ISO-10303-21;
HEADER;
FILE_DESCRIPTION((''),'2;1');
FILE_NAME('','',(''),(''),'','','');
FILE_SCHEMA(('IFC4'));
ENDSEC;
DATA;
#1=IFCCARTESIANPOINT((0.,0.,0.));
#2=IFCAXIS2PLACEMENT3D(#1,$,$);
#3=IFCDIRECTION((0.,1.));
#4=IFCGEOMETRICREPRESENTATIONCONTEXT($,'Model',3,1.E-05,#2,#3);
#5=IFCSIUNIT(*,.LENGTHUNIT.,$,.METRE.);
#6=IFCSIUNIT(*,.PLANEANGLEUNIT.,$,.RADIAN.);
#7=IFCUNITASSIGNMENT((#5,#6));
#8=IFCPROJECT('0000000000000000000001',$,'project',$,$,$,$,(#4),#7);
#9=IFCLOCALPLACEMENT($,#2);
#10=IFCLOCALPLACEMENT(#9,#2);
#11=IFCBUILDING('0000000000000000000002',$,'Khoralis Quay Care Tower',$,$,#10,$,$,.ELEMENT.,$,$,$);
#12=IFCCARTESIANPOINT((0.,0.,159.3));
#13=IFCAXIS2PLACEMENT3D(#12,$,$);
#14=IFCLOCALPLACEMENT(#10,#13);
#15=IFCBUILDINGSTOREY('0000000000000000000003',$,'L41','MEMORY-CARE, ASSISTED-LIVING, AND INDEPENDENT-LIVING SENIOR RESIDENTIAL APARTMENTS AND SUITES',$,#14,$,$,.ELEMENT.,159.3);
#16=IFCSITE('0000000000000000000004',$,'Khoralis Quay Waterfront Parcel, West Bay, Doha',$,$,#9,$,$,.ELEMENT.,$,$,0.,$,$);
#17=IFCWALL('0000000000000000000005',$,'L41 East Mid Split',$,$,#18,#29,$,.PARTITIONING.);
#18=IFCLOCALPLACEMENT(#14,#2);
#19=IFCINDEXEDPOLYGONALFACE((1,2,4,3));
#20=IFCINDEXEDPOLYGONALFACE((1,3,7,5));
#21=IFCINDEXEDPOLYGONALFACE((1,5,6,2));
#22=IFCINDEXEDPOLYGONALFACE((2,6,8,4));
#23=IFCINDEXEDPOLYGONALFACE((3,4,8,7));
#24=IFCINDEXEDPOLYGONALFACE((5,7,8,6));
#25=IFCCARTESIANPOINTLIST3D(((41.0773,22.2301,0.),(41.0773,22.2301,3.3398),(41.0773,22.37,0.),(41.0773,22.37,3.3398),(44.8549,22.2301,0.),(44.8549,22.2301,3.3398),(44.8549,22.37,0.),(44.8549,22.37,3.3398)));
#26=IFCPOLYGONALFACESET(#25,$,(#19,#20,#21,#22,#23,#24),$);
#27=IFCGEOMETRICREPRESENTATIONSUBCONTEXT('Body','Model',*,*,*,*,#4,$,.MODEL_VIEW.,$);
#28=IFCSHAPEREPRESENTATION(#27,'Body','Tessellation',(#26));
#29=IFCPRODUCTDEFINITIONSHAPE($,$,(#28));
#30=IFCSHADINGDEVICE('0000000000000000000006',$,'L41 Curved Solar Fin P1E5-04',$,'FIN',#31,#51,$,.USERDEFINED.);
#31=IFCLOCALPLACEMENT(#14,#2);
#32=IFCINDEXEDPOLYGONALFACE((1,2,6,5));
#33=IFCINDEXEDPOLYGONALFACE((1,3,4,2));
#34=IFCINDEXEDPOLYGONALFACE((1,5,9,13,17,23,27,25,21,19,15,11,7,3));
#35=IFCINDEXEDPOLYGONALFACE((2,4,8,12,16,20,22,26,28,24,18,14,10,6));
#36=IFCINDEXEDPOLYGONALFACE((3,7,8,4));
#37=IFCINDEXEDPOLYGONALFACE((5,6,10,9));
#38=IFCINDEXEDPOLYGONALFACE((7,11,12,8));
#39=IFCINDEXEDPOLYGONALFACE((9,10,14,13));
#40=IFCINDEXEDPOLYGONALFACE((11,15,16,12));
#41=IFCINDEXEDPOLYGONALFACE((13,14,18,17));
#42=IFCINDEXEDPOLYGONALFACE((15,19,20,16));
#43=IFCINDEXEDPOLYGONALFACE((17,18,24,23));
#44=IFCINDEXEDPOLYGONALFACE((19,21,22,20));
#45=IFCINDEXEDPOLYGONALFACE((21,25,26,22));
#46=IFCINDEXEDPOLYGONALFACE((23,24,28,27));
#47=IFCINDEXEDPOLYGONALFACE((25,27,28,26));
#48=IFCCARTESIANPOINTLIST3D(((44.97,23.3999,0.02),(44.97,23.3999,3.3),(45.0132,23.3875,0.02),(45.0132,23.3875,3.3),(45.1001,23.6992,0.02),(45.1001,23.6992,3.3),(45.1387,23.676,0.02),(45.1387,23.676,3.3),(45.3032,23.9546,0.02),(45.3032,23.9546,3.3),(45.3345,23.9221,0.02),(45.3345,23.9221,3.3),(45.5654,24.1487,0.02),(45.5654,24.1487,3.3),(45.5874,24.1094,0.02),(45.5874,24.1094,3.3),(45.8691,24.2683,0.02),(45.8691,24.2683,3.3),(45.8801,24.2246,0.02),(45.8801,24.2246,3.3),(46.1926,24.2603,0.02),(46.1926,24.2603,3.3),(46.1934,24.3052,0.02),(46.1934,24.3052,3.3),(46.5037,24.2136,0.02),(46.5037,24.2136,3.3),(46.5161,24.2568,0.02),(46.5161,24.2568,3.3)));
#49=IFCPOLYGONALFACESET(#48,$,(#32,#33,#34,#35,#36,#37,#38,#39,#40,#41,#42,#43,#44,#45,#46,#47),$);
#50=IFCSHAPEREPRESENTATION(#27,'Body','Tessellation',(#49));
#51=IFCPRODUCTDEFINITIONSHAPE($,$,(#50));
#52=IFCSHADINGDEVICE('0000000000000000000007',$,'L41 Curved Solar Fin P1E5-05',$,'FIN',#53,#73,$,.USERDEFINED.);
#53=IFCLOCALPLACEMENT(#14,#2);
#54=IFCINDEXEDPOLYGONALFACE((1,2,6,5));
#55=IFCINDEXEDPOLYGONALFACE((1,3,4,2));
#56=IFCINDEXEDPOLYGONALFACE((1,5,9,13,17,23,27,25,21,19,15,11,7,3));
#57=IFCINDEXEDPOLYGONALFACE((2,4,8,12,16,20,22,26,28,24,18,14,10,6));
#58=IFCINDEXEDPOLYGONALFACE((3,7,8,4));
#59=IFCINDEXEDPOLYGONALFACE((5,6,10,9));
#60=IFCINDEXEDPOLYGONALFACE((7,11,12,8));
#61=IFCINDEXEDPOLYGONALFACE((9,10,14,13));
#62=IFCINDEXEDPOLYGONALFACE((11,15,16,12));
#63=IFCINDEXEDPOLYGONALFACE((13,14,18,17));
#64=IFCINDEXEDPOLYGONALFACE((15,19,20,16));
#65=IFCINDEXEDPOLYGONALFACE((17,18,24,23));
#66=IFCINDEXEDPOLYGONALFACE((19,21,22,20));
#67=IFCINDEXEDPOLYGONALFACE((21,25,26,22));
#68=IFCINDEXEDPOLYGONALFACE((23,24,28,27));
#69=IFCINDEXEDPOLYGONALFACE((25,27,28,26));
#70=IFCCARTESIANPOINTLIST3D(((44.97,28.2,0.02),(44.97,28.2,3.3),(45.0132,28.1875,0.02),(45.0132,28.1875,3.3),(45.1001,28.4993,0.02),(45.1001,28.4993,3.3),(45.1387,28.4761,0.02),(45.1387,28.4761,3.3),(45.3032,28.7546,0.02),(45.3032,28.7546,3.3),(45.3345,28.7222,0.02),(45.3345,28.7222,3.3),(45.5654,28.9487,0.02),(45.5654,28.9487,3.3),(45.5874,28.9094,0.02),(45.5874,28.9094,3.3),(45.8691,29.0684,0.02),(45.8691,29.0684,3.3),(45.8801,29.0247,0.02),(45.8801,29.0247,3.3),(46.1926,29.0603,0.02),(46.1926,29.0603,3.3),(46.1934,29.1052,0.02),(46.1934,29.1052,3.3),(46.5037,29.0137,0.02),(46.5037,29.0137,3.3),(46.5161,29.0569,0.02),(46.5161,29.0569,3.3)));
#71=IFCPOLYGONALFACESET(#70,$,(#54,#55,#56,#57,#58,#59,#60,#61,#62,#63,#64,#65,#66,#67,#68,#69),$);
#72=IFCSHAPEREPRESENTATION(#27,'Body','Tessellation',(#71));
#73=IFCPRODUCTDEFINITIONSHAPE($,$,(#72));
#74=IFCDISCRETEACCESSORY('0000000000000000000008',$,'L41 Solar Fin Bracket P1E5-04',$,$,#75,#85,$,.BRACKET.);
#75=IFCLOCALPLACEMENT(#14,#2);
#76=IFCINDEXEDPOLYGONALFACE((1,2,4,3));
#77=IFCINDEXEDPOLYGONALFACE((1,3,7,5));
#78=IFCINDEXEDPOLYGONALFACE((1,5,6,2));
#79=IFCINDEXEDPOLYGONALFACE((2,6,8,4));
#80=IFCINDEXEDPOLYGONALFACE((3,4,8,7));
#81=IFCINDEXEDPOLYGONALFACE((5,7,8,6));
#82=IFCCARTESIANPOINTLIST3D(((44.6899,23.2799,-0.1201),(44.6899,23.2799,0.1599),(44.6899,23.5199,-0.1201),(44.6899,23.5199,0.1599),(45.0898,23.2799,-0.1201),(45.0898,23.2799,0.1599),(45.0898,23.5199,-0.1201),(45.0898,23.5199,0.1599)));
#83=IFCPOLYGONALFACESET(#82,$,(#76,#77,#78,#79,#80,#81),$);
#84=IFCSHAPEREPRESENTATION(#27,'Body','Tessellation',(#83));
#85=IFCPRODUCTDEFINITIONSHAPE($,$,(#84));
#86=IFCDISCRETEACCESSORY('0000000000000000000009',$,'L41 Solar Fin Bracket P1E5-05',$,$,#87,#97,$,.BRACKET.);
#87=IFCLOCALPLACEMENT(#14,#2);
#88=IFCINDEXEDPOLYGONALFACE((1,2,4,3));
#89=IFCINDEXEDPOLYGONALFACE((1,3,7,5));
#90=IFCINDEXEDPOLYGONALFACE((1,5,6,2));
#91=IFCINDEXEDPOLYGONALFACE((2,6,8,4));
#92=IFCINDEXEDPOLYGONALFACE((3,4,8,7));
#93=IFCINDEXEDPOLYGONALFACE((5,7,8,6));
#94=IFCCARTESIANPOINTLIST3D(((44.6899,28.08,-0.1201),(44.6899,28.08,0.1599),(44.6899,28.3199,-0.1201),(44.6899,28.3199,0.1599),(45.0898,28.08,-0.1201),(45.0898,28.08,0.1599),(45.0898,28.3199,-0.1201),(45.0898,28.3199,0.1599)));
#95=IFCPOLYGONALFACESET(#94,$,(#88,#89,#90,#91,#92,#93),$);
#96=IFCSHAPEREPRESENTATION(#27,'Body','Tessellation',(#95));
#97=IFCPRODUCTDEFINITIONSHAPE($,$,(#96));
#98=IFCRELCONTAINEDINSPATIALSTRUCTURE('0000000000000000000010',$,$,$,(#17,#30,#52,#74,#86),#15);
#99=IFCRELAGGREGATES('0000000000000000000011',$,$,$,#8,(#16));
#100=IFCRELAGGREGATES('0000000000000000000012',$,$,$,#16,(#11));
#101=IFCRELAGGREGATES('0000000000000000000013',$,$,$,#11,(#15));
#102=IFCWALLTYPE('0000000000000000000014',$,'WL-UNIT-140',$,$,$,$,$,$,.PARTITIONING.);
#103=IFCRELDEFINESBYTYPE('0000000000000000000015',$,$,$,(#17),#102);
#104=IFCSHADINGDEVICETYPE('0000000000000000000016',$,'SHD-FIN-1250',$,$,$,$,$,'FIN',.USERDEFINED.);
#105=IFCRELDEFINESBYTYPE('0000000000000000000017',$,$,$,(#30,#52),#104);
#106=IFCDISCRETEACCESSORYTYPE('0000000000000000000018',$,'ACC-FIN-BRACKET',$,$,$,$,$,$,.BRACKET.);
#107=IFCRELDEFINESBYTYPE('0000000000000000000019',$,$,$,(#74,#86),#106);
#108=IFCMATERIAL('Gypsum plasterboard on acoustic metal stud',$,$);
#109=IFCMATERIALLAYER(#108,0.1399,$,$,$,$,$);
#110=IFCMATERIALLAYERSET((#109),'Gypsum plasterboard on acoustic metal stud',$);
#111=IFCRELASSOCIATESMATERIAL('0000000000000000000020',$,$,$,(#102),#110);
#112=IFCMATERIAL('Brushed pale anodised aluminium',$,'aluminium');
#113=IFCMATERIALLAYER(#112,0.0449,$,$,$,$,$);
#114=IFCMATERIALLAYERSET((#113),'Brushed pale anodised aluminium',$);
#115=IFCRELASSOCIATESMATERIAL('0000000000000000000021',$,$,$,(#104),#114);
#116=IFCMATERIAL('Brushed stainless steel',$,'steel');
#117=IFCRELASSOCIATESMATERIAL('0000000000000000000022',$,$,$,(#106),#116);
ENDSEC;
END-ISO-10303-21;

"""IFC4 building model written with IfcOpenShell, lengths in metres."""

from ifc_helpers import new_model, si_unit, direction, frame, frame_2d, origin, origin_2d, place, context, subcontext, project, spatial, polyline, rectangle, outline, extrude, source, transform, mapped, material, layer, layer_set, type_object, element, save


model = new_model("IFC4")

# Units and contexts
model_context = context("Model", 3, precision=1e-05, world=origin(), true_north=direction((0.0, 1.0)))
body_context = subcontext(model_context, "Body", "Model", "MODEL_VIEW")
ifc_project = project(units=[si_unit("LENGTHUNIT", "METRE"), si_unit("PLANEANGLEUNIT", "RADIAN")], contexts=[model_context])

# Site, building, storey
site_placement = place(None, origin())
site = spatial("IfcSite", under=ifc_project, at=site_placement, Name="Khoralis Quay Waterfront Parcel, West Bay, Doha", CompositionType="ELEMENT", RefElevation=0.0)
building_placement = place(site_placement, origin())
building = spatial("IfcBuilding", under=site, at=building_placement, Name="Khoralis Quay Care Tower", CompositionType="ELEMENT")
storey_placement = place(building_placement, frame((0.0, 0.0, 159.3)))
storey = spatial("IfcBuildingStorey", under=building, at=storey_placement, Name="L41", Description="MEMORY-CARE, ASSISTED-LIVING, AND INDEPENDENT-LIVING SENIOR RESIDENTIAL APARTMENTS AND SUITES", CompositionType="ELEMENT", Elevation=159.3)

# Wall
ifc_material_1 = material(Name="Gypsum plasterboard on acoustic metal stud")
ifc_layer_1 = layer(ifc_material_1, 0.1399)
ifc_layer_set_1 = layer_set([ifc_layer_1], Name="Gypsum plasterboard on acoustic metal stud")
wall_type_1 = type_object("IfcWallType", Name="WL-UNIT-140", PredefinedType="PARTITIONING", material=ifc_layer_set_1)
wall_1_placement = place(storey_placement, frame((41.0774, 22.3, 0.0), z_axis=(0.0, 0.0, 1.0), x_axis=(1.0, 0.0, 0.0)))
element("IfcWall", 1, at=wall_1_placement, inside=storey, type_object=wall_type_1, Name="L41 East Mid Split", PredefinedType="PARTITIONING", context=body_context, shape_type="SweptSolid", body=[
    extrude(rectangle(XDim=3.7776, YDim=0.1399, at=frame_2d((1.8887, 0.0))), origin(), (0.0, 0.0, 1.0), 3.3398),
])

# Shading devices
ifc_material_2 = material(Name="Brushed pale anodised aluminium", Category="aluminium")
ifc_layer_2 = layer(ifc_material_2, 0.0449)
ifc_layer_set_2 = layer_set([ifc_layer_2], Name="Brushed pale anodised aluminium")
shading_device_type = type_object("IfcShadingDeviceType", Name="SHD-FIN-1250", ElementType="FIN", PredefinedType="USERDEFINED", material=ifc_layer_set_2)
shared_shape_1 = source(origin(), body_context, "Body", "SweptSolid", [
    extrude(outline(polyline([(0.0, 0.0), (0.1301, 0.2993), (0.3333, 0.5547), (0.5955, 0.7488), (0.8992, 0.8684), (1.2234, 0.9053), (1.5461, 0.8569), (1.5337, 0.8137), (1.2227, 0.8604), (0.9102, 0.8247), (0.6174, 0.7095), (0.3645, 0.5222), (0.1687, 0.2761), (0.0432, -0.0125), (0.0, 0.0)])), origin(), (0.0, 0.0, 1.0), 3.28),
])
for number, where, z_axis, x_axis, name in (
    (2, (44.97, 23.3999, 0.02), (0.0, 0.0, 1.0), (1.0, 0.0, 0.0), "L41 Curved Solar Fin P1E5-04"),
    (3, (44.97, 28.2, 0.02), (0.0, 0.0, 1.0), (1.0, 0.0, 0.0), "L41 Curved Solar Fin P1E5-05"),
):
    element("IfcShadingDevice", number, at=place(storey_placement, frame(where, z_axis=z_axis, x_axis=x_axis)), inside=storey, type_object=shading_device_type, Name=name, ObjectType="FIN", PredefinedType="USERDEFINED", context=body_context, shape_type="MappedRepresentation", body=[
        mapped(shared_shape_1, transform((0.0, 0.0, 0.0), scale=1.0)),
    ])

# Discrete accessories
ifc_material_3 = material(Name="Brushed stainless steel", Category="steel")
discrete_accessory_type = type_object("IfcDiscreteAccessoryType", Name="ACC-FIN-BRACKET", PredefinedType="BRACKET", material=ifc_material_3)
shared_shape_2 = source(origin(), body_context, "Body", "SweptSolid", [
    extrude(rectangle(XDim=0.3999, YDim=0.24, at=origin_2d()), origin(), (0.0, 0.0, 1.0), 0.28),
])
for number, where, z_axis, x_axis, name in (
    (4, (44.8899, 23.3999, -0.1201), (0.0, 0.0, 1.0), (1.0, 0.0, 0.0), "L41 Solar Fin Bracket P1E5-04"),
    (5, (44.8899, 28.2, -0.1201), (0.0, 0.0, 1.0), (1.0, 0.0, 0.0), "L41 Solar Fin Bracket P1E5-05"),
):
    element("IfcDiscreteAccessory", number, at=place(storey_placement, frame(where, z_axis=z_axis, x_axis=x_axis)), inside=storey, type_object=discrete_accessory_type, Name=name, PredefinedType="BRACKET", context=body_context, shape_type="MappedRepresentation", body=[
        mapped(shared_shape_2, transform((0.0, 0.0, 0.0), scale=1.0)),
    ])

save(model, "model.ifc")
